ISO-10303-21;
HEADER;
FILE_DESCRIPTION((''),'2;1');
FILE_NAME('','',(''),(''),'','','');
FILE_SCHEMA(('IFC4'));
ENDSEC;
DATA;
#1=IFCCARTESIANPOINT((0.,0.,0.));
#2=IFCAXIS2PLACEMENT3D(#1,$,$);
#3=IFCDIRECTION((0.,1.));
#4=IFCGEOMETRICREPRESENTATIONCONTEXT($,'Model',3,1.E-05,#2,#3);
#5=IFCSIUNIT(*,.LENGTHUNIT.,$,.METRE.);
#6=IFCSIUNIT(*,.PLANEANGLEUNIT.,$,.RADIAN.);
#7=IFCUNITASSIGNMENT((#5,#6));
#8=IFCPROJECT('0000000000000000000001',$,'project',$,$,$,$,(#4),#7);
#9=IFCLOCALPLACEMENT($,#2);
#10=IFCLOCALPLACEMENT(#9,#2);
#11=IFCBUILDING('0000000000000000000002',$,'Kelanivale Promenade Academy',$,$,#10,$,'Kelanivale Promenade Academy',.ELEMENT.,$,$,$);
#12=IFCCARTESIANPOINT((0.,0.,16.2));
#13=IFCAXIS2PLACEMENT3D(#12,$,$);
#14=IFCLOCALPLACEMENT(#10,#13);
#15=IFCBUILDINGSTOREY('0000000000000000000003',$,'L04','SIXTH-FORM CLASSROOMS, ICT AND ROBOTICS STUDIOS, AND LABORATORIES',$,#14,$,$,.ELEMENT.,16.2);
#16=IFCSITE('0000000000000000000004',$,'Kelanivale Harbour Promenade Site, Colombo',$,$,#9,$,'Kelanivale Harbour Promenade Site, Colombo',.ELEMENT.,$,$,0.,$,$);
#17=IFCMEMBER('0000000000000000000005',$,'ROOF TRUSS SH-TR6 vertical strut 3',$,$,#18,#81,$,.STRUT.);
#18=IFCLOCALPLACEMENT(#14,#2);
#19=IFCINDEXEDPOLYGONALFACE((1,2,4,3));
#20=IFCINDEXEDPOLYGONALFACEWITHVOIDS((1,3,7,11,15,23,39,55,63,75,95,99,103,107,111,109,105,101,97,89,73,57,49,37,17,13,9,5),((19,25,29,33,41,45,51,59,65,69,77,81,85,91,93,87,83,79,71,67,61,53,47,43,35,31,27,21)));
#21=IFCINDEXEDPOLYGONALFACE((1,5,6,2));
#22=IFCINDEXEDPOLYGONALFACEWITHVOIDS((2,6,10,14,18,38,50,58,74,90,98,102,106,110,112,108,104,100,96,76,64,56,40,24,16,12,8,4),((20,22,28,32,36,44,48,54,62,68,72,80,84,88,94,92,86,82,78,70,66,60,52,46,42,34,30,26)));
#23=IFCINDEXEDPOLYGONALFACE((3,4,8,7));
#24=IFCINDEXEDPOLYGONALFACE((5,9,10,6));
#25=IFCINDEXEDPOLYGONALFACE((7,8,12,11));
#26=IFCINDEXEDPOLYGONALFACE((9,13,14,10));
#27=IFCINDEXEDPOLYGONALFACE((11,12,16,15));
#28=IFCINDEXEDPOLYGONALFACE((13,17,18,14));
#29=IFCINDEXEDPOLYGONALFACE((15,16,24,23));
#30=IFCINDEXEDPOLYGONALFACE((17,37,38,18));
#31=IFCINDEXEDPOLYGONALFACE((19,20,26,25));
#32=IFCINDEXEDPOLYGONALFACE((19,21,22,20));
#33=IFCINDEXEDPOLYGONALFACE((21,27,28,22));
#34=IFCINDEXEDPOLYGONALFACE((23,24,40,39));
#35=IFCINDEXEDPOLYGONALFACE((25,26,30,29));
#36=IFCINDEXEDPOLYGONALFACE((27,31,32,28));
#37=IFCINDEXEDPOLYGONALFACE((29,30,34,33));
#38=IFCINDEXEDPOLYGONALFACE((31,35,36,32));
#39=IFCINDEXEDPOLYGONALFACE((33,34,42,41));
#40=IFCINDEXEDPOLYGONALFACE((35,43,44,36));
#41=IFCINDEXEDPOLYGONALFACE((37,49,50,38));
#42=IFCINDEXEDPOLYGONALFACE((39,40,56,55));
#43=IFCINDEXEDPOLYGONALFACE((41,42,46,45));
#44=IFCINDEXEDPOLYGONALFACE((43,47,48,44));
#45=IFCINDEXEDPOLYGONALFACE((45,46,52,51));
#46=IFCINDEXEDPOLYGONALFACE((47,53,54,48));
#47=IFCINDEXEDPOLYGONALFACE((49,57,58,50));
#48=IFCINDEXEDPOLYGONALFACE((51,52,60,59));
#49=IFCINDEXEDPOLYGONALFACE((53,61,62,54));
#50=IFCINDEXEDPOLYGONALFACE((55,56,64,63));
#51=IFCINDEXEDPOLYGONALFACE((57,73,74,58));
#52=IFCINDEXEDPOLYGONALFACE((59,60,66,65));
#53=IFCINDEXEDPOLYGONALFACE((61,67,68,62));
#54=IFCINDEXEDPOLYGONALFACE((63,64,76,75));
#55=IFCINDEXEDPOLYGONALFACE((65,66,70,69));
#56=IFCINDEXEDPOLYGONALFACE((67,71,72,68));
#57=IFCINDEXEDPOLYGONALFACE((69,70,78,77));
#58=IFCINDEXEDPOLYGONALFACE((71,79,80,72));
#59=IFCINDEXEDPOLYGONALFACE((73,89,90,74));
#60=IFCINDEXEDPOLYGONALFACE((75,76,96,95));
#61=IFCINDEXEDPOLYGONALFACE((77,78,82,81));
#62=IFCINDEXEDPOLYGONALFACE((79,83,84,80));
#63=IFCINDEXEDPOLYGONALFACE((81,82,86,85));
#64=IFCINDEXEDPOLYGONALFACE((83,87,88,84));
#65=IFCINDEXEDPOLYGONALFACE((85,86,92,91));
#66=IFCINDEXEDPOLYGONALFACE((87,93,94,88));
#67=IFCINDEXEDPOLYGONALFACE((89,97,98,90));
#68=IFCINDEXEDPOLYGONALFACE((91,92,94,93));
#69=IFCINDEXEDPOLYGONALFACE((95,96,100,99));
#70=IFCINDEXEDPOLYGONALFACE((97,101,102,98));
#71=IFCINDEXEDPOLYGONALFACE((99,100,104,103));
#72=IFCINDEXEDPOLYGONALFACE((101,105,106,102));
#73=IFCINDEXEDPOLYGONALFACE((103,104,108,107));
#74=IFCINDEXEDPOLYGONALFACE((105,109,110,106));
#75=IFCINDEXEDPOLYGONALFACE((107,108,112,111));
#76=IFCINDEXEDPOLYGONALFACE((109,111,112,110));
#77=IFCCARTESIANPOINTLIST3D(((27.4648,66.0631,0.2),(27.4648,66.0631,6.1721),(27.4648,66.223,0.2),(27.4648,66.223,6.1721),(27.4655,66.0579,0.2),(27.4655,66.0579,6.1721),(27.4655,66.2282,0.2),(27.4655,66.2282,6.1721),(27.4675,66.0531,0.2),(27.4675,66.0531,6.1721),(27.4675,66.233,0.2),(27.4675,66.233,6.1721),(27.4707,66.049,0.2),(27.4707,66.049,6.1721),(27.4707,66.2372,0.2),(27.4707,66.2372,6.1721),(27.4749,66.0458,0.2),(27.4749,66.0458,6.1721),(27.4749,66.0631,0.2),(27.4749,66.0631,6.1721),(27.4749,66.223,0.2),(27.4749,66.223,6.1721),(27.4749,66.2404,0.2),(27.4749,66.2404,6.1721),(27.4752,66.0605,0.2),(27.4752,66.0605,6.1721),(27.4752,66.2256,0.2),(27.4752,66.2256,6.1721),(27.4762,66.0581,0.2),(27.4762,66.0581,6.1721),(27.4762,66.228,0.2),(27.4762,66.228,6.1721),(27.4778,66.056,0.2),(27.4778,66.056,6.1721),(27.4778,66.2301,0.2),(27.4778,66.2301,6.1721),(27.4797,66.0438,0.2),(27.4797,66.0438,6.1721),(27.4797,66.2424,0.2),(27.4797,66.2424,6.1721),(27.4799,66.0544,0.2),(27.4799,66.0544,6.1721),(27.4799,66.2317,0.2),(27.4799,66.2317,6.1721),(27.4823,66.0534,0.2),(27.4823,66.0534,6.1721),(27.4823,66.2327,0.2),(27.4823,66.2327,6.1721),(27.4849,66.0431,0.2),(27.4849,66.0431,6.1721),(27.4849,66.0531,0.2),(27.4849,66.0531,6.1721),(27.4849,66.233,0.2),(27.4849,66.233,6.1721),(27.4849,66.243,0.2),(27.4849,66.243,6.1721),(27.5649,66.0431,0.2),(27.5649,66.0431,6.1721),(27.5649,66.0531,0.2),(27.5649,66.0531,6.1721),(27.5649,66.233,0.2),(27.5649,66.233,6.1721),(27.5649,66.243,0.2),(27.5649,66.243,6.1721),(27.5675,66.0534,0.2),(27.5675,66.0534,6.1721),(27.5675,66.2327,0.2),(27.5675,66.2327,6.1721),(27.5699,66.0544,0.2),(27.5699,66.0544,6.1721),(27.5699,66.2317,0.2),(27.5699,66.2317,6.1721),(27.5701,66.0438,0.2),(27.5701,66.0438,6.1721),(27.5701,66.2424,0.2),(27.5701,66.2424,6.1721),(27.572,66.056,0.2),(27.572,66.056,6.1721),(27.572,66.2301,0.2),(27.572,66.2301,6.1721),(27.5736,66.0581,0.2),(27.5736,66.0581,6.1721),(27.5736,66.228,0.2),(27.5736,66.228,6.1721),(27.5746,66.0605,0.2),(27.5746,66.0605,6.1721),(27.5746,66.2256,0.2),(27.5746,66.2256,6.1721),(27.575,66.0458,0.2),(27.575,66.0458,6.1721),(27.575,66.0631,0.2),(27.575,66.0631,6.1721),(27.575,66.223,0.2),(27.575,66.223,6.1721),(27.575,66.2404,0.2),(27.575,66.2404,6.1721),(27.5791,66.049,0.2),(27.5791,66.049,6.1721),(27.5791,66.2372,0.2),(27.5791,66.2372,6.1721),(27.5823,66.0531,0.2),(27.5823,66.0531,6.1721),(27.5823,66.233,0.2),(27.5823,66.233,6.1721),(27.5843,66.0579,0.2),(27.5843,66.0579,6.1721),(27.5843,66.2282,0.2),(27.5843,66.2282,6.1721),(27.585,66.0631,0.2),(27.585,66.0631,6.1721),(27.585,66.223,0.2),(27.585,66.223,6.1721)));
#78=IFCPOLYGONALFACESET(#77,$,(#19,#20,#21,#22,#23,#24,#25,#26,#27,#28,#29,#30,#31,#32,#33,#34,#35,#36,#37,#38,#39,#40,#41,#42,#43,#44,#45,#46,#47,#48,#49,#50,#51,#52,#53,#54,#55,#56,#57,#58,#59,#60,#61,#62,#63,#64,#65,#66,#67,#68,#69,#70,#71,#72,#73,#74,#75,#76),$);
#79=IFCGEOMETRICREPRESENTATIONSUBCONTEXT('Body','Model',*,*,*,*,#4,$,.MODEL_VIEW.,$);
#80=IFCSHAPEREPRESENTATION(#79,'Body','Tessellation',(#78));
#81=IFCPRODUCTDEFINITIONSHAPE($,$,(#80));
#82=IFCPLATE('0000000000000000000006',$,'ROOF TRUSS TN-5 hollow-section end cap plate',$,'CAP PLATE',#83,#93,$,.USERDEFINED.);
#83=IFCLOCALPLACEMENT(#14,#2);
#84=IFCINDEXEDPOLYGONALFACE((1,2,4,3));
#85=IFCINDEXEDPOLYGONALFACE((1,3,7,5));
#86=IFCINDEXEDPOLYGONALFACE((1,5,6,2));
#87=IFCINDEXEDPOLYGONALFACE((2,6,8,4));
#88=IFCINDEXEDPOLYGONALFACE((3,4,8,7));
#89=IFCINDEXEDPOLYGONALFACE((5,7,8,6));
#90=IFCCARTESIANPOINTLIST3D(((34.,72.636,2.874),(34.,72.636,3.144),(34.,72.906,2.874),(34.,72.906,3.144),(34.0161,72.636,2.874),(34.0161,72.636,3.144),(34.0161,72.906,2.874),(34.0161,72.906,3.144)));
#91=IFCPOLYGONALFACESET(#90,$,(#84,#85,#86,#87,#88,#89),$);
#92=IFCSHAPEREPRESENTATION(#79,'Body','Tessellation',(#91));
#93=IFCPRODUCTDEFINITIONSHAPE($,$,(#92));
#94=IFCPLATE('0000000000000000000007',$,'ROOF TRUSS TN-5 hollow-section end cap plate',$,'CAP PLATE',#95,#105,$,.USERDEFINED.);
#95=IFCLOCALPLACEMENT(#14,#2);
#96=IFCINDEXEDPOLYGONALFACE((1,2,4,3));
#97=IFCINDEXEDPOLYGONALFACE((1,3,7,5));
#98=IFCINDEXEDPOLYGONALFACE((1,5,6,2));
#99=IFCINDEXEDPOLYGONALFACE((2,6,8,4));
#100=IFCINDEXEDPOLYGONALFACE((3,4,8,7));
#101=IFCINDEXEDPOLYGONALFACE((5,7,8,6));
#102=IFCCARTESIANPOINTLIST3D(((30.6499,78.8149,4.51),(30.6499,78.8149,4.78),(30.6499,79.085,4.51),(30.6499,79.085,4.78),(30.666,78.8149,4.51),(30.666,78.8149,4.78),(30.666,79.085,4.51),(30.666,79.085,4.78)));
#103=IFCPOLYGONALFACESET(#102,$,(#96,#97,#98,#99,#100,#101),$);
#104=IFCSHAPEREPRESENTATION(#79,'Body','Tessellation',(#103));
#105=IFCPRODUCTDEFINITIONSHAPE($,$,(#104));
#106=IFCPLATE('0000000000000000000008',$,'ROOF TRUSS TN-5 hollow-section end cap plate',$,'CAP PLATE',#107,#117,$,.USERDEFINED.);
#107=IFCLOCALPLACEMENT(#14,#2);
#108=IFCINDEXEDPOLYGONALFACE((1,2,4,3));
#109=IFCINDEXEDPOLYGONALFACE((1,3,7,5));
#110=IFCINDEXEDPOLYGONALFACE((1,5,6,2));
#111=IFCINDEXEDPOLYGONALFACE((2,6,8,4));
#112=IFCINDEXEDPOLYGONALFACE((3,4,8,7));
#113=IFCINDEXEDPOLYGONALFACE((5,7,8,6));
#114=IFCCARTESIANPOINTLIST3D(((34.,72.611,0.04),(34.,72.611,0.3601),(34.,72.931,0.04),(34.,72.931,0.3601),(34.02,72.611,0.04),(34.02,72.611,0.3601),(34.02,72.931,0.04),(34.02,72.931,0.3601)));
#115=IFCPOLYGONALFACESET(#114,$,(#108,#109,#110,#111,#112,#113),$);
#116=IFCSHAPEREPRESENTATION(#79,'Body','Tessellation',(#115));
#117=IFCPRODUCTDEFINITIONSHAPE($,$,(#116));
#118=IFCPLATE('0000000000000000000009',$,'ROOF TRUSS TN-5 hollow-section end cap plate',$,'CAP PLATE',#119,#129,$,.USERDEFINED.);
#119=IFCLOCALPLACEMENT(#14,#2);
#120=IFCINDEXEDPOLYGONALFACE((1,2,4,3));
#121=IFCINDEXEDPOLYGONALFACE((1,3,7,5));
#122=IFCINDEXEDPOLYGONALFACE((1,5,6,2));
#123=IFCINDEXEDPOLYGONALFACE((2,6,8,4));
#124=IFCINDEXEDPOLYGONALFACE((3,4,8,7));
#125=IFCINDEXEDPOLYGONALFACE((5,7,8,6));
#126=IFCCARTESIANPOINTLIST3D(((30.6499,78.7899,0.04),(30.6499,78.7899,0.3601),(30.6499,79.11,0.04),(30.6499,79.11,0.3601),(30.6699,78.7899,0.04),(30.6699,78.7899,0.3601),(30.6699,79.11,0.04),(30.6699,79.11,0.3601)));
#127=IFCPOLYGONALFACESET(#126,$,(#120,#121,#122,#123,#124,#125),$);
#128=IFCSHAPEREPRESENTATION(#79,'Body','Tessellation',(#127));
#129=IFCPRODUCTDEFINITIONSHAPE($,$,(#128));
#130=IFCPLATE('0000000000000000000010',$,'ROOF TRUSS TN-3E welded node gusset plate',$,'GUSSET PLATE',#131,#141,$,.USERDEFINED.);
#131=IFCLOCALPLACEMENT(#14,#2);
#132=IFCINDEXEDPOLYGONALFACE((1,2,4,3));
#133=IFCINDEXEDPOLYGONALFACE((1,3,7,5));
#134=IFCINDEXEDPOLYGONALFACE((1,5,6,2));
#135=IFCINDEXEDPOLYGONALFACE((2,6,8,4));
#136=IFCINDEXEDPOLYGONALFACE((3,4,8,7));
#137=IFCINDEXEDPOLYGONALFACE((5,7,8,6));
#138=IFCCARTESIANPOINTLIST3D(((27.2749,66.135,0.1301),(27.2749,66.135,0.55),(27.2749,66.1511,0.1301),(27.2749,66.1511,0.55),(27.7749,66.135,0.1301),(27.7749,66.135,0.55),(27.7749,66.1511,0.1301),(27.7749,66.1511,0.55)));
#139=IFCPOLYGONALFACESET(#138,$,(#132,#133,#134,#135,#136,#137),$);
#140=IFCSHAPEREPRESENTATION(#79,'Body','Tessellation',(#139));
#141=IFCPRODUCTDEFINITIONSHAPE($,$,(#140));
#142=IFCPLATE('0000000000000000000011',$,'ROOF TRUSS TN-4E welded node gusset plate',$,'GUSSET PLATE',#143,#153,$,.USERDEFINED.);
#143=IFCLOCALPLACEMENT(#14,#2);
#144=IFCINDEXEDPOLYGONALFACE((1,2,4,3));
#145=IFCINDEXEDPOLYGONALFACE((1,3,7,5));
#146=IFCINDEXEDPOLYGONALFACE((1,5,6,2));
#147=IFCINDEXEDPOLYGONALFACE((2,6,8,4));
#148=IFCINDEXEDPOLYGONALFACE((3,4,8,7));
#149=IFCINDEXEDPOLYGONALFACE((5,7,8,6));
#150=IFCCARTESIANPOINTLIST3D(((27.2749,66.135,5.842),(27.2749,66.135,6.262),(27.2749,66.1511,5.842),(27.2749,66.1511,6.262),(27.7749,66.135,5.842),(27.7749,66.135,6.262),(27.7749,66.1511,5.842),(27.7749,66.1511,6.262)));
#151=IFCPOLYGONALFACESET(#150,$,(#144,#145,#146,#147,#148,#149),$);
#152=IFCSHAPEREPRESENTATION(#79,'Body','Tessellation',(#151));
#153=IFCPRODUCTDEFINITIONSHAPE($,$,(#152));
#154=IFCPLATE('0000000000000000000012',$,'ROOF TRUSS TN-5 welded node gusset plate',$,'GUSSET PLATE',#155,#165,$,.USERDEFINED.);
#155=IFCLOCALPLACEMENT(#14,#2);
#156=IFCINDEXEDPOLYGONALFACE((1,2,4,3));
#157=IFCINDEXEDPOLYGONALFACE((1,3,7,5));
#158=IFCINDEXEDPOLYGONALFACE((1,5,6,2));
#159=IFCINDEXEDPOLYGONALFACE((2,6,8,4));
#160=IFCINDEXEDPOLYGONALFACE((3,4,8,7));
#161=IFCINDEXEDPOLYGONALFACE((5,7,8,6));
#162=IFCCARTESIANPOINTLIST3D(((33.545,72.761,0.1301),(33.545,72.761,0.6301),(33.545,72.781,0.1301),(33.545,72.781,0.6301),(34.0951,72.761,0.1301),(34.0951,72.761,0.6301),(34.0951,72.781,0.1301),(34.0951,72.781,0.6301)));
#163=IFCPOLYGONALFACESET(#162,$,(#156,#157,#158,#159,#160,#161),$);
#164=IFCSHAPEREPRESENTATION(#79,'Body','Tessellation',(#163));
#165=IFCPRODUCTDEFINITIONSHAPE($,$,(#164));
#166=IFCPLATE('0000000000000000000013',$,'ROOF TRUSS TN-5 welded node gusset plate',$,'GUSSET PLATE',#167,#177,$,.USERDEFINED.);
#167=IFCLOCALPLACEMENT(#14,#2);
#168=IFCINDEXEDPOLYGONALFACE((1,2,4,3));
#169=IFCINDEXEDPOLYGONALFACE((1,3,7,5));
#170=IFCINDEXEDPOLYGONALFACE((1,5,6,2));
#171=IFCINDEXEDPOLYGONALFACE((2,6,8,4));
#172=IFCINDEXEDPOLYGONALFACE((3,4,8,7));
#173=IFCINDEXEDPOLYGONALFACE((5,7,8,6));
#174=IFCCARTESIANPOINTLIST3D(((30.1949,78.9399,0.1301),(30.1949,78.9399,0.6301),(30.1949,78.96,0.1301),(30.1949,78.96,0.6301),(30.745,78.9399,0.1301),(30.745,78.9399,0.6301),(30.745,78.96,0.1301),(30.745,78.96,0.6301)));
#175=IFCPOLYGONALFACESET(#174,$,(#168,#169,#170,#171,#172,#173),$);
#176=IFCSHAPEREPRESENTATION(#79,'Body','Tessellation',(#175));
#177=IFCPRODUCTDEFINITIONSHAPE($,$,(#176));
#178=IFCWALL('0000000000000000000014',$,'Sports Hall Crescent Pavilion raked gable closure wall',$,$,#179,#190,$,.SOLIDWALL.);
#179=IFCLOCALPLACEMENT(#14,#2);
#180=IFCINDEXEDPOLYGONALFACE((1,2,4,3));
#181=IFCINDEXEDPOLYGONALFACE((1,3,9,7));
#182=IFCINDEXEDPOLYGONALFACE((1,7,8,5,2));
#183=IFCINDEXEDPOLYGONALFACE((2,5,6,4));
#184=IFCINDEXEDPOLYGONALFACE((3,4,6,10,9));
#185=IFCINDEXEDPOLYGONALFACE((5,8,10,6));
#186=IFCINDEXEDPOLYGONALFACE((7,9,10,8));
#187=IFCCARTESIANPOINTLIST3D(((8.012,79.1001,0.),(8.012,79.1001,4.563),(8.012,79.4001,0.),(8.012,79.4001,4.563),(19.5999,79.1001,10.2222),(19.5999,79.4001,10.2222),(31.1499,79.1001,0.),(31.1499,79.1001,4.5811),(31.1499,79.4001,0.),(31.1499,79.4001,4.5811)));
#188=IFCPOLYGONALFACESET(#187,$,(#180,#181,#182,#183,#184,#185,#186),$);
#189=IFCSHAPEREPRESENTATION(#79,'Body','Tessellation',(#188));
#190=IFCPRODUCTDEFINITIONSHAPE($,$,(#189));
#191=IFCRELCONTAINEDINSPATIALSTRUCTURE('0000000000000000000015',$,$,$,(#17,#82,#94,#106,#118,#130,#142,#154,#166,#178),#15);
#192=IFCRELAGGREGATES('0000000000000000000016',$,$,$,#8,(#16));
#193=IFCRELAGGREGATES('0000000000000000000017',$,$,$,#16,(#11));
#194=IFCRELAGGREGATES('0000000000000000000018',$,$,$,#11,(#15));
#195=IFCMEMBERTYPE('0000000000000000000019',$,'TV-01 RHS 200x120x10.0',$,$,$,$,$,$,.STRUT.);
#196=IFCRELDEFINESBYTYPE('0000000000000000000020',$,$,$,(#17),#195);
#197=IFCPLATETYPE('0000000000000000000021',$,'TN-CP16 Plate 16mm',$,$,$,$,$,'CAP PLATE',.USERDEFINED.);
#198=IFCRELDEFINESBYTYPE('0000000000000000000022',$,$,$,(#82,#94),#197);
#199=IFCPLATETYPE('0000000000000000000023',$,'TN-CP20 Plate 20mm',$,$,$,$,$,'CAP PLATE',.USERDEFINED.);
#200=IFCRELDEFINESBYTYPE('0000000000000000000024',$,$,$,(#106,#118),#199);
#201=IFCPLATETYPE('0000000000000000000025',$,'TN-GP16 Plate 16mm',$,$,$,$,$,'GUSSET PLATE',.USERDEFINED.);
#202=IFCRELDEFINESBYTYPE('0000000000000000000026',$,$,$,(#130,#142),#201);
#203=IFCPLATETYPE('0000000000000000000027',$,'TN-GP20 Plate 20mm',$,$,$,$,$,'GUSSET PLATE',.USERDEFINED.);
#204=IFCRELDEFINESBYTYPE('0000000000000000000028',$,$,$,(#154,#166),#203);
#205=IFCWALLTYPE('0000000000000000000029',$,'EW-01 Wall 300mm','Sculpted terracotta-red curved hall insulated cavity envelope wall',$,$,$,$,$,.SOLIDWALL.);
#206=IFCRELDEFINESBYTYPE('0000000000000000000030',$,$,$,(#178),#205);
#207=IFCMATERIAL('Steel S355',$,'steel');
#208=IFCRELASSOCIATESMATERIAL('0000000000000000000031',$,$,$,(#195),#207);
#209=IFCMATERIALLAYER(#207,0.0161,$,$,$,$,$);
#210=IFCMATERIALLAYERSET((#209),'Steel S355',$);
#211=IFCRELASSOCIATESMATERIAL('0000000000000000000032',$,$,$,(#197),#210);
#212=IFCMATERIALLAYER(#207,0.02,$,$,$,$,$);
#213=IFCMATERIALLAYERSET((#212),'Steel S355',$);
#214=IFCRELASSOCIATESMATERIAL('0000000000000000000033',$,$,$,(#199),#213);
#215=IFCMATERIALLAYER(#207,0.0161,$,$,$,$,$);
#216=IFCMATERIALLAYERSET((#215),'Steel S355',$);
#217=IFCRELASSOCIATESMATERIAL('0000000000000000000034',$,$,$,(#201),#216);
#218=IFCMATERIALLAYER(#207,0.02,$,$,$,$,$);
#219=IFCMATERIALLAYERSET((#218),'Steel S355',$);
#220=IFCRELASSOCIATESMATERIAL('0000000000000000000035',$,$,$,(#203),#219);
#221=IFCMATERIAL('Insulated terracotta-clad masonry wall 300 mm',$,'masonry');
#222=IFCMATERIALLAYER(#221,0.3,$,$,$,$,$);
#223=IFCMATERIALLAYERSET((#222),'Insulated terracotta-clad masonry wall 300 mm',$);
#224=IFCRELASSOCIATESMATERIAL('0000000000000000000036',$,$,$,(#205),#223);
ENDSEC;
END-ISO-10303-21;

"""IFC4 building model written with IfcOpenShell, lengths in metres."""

from ifc_helpers import new_model, si_unit, direction, frame, origin, origin_2d, place, context, subcontext, project, spatial, polyline, rectangle, hollow_rectangle, outline, extrude, material, layer, layer_set, material_profile, profile_set, type_object, element, save


model = new_model("IFC4")

# Units and contexts
model_context = context("Model", 3, precision=1e-05, world=origin(), true_north=direction((0.0, 1.0)))
body_context = subcontext(model_context, "Body", "Model", "MODEL_VIEW")
ifc_project = project(units=[si_unit("LENGTHUNIT", "METRE"), si_unit("PLANEANGLEUNIT", "RADIAN")], contexts=[model_context])

# Site, building, storey
site_placement = place(None, origin())
site = spatial("IfcSite", under=ifc_project, at=site_placement, Name="Kelanivale Harbour Promenade Site, Colombo", LongName="Kelanivale Harbour Promenade Site, Colombo", CompositionType="ELEMENT", RefElevation=0.0)
building_placement = place(site_placement, origin())
building = spatial("IfcBuilding", under=site, at=building_placement, Name="Kelanivale Promenade Academy", LongName="Kelanivale Promenade Academy", CompositionType="ELEMENT")
storey_placement = place(building_placement, frame((0.0, 0.0, 16.2)))
storey = spatial("IfcBuildingStorey", under=building, at=storey_placement, Name="L04", Description="SIXTH-FORM CLASSROOMS, ICT AND ROBOTICS STUDIOS, AND LABORATORIES", CompositionType="ELEMENT", Elevation=16.2)

# Shared definitions
ifc_material_1 = material(Name="Steel S355", Category="steel")

# Member
ifc_material_profile_1 = material_profile(ifc_material_1, hollow_rectangle(XDim=0.1201, YDim=0.2, WallThickness=0.01, InnerFilletRadius=0.01, OuterFilletRadius=0.02, at=origin_2d()), Name="RHS 200x120x10.0")
ifc_profile_set_1 = profile_set([ifc_material_profile_1], Name="Steel S355")
member_type_1 = type_object("IfcMemberType", Name="TV-01 RHS 200x120x10.0", PredefinedType="STRUT", material=ifc_profile_set_1)
member_1_placement = place(storey_placement, frame((27.5249, 66.1431, 0.2), z_axis=(0.0, 0.0, 1.0), x_axis=(1.0, 0.0, 0.0)))
element("IfcMember", 1, at=member_1_placement, inside=storey, type_object=member_type_1, Name="ROOF TRUSS SH-TR6 vertical strut 3", PredefinedType="STRUT", context=body_context, shape_type="SweptSolid", body=[
    extrude(hollow_rectangle(XDim=0.1201, YDim=0.2, WallThickness=0.01, InnerFilletRadius=0.01, OuterFilletRadius=0.02, at=origin_2d()), origin(), (0.0, 0.0, 1.0), 5.9722),
])

# Plates
ifc_layer_1 = layer(ifc_material_1, 0.0161)
ifc_layer_set_1 = layer_set([ifc_layer_1], Name="Steel S355")
plate_type_1 = type_object("IfcPlateType", Name="TN-CP16 Plate 16mm", ElementType="CAP PLATE", PredefinedType="USERDEFINED", material=ifc_layer_set_1)
for number, where, z_axis, x_axis, name in (
    (2, (34.0081, 72.771, 2.874), (0.0, 0.0, 1.0), (1.0, 0.0, 0.0), "ROOF TRUSS TN-5 hollow-section end cap plate"),
    (3, (30.658, 78.95, 4.51), (0.0, 0.0, 1.0), (1.0, 0.0, 0.0), "ROOF TRUSS TN-5 hollow-section end cap plate"),
):
    element("IfcPlate", number, at=place(storey_placement, frame(where, z_axis=z_axis, x_axis=x_axis)), inside=storey, type_object=plate_type_1, Name=name, ObjectType="CAP PLATE", PredefinedType="USERDEFINED", context=body_context, shape_type="SweptSolid", body=[
        extrude(rectangle(XDim=0.0161, YDim=0.27, at=origin_2d()), origin(), (0.0, 0.0, 1.0), 0.27),
    ])
ifc_layer_2 = layer(ifc_material_1, 0.02)
ifc_layer_set_2 = layer_set([ifc_layer_2], Name="Steel S355")
plate_type_2 = type_object("IfcPlateType", Name="TN-CP20 Plate 20mm", ElementType="CAP PLATE", PredefinedType="USERDEFINED", material=ifc_layer_set_2)
for number, where, z_axis, x_axis, name in (
    (4, (34.01, 72.771, 0.04), (0.0, 0.0, 1.0), (1.0, 0.0, 0.0), "ROOF TRUSS TN-5 hollow-section end cap plate"),
    (5, (30.6599, 78.95, 0.04), (0.0, 0.0, 1.0), (1.0, 0.0, 0.0), "ROOF TRUSS TN-5 hollow-section end cap plate"),
):
    element("IfcPlate", number, at=place(storey_placement, frame(where, z_axis=z_axis, x_axis=x_axis)), inside=storey, type_object=plate_type_2, Name=name, ObjectType="CAP PLATE", PredefinedType="USERDEFINED", context=body_context, shape_type="SweptSolid", body=[
        extrude(rectangle(XDim=0.02, YDim=0.3201, at=origin_2d()), origin(), (0.0, 0.0, 1.0), 0.3201),
    ])
ifc_layer_3 = layer(ifc_material_1, 0.0161)
ifc_layer_set_3 = layer_set([ifc_layer_3], Name="Steel S355")
plate_type_3 = type_object("IfcPlateType", Name="TN-GP16 Plate 16mm", ElementType="GUSSET PLATE", PredefinedType="USERDEFINED", material=ifc_layer_set_3)
for number, where, z_axis, x_axis, name in (
    (6, (27.5249, 66.1431, 0.1301), (0.0, 0.0, 1.0), (1.0, 0.0, 0.0), "ROOF TRUSS TN-3E welded node gusset plate"),
    (7, (27.5249, 66.1431, 5.842), (0.0, 0.0, 1.0), (1.0, 0.0, 0.0), "ROOF TRUSS TN-4E welded node gusset plate"),
):
    element("IfcPlate", number, at=place(storey_placement, frame(where, z_axis=z_axis, x_axis=x_axis)), inside=storey, type_object=plate_type_3, Name=name, ObjectType="GUSSET PLATE", PredefinedType="USERDEFINED", context=body_context, shape_type="SweptSolid", body=[
        extrude(rectangle(XDim=0.5, YDim=0.0161, at=origin_2d()), origin(), (0.0, 0.0, 1.0), 0.4199),
    ])
ifc_layer_4 = layer(ifc_material_1, 0.02)
ifc_layer_set_4 = layer_set([ifc_layer_4], Name="Steel S355")
plate_type_4 = type_object("IfcPlateType", Name="TN-GP20 Plate 20mm", ElementType="GUSSET PLATE", PredefinedType="USERDEFINED", material=ifc_layer_set_4)
for number, where, z_axis, x_axis, name in (
    (8, (33.8201, 72.771, 0.1301), (0.0, 0.0, 1.0), (1.0, 0.0, 0.0), "ROOF TRUSS TN-5 welded node gusset plate"),
    (9, (30.47, 78.95, 0.1301), (0.0, 0.0, 1.0), (1.0, 0.0, 0.0), "ROOF TRUSS TN-5 welded node gusset plate"),
):
    element("IfcPlate", number, at=place(storey_placement, frame(where, z_axis=z_axis, x_axis=x_axis)), inside=storey, type_object=plate_type_4, Name=name, ObjectType="GUSSET PLATE", PredefinedType="USERDEFINED", context=body_context, shape_type="SweptSolid", body=[
        extrude(rectangle(XDim=0.55, YDim=0.02, at=origin_2d()), origin(), (0.0, 0.0, 1.0), 0.5),
    ])

# Wall
ifc_material_2 = material(Name="Insulated terracotta-clad masonry wall 300 mm", Category="masonry")
ifc_layer_5 = layer(ifc_material_2, 0.3)
ifc_layer_set_5 = layer_set([ifc_layer_5], Name="Insulated terracotta-clad masonry wall 300 mm")
wall_type = type_object("IfcWallType", Name="EW-01 Wall 300mm", Description="Sculpted terracotta-red curved hall insulated cavity envelope wall", PredefinedType="SOLIDWALL", material=ifc_layer_set_5)
wall_1_placement = place(storey_placement, frame((31.1499, 79.25, 0.0), z_axis=(0.0, 0.0, 1.0), x_axis=(-1.0, 0.0, 0.0)))
element("IfcWall", 10, at=wall_1_placement, inside=storey, type_object=wall_type, Name="Sports Hall Crescent Pavilion raked gable closure wall", PredefinedType="SOLIDWALL", context=body_context, shape_type="SweptSolid", body=[
    extrude(outline(polyline([(0.0, 0.0), (23.1379, 0.0), (23.1379, 4.563), (11.55, 10.2222), (0.0, 4.5811), (0.0, 0.0)])), frame((0.0, 0.1499, 0.0), z_axis=(0.0, -1.0, 0.0), x_axis=(1.0, 0.0, 0.0)), (0.0, 0.0, 1.0), 0.3),
])

save(model, "model.ifc")
